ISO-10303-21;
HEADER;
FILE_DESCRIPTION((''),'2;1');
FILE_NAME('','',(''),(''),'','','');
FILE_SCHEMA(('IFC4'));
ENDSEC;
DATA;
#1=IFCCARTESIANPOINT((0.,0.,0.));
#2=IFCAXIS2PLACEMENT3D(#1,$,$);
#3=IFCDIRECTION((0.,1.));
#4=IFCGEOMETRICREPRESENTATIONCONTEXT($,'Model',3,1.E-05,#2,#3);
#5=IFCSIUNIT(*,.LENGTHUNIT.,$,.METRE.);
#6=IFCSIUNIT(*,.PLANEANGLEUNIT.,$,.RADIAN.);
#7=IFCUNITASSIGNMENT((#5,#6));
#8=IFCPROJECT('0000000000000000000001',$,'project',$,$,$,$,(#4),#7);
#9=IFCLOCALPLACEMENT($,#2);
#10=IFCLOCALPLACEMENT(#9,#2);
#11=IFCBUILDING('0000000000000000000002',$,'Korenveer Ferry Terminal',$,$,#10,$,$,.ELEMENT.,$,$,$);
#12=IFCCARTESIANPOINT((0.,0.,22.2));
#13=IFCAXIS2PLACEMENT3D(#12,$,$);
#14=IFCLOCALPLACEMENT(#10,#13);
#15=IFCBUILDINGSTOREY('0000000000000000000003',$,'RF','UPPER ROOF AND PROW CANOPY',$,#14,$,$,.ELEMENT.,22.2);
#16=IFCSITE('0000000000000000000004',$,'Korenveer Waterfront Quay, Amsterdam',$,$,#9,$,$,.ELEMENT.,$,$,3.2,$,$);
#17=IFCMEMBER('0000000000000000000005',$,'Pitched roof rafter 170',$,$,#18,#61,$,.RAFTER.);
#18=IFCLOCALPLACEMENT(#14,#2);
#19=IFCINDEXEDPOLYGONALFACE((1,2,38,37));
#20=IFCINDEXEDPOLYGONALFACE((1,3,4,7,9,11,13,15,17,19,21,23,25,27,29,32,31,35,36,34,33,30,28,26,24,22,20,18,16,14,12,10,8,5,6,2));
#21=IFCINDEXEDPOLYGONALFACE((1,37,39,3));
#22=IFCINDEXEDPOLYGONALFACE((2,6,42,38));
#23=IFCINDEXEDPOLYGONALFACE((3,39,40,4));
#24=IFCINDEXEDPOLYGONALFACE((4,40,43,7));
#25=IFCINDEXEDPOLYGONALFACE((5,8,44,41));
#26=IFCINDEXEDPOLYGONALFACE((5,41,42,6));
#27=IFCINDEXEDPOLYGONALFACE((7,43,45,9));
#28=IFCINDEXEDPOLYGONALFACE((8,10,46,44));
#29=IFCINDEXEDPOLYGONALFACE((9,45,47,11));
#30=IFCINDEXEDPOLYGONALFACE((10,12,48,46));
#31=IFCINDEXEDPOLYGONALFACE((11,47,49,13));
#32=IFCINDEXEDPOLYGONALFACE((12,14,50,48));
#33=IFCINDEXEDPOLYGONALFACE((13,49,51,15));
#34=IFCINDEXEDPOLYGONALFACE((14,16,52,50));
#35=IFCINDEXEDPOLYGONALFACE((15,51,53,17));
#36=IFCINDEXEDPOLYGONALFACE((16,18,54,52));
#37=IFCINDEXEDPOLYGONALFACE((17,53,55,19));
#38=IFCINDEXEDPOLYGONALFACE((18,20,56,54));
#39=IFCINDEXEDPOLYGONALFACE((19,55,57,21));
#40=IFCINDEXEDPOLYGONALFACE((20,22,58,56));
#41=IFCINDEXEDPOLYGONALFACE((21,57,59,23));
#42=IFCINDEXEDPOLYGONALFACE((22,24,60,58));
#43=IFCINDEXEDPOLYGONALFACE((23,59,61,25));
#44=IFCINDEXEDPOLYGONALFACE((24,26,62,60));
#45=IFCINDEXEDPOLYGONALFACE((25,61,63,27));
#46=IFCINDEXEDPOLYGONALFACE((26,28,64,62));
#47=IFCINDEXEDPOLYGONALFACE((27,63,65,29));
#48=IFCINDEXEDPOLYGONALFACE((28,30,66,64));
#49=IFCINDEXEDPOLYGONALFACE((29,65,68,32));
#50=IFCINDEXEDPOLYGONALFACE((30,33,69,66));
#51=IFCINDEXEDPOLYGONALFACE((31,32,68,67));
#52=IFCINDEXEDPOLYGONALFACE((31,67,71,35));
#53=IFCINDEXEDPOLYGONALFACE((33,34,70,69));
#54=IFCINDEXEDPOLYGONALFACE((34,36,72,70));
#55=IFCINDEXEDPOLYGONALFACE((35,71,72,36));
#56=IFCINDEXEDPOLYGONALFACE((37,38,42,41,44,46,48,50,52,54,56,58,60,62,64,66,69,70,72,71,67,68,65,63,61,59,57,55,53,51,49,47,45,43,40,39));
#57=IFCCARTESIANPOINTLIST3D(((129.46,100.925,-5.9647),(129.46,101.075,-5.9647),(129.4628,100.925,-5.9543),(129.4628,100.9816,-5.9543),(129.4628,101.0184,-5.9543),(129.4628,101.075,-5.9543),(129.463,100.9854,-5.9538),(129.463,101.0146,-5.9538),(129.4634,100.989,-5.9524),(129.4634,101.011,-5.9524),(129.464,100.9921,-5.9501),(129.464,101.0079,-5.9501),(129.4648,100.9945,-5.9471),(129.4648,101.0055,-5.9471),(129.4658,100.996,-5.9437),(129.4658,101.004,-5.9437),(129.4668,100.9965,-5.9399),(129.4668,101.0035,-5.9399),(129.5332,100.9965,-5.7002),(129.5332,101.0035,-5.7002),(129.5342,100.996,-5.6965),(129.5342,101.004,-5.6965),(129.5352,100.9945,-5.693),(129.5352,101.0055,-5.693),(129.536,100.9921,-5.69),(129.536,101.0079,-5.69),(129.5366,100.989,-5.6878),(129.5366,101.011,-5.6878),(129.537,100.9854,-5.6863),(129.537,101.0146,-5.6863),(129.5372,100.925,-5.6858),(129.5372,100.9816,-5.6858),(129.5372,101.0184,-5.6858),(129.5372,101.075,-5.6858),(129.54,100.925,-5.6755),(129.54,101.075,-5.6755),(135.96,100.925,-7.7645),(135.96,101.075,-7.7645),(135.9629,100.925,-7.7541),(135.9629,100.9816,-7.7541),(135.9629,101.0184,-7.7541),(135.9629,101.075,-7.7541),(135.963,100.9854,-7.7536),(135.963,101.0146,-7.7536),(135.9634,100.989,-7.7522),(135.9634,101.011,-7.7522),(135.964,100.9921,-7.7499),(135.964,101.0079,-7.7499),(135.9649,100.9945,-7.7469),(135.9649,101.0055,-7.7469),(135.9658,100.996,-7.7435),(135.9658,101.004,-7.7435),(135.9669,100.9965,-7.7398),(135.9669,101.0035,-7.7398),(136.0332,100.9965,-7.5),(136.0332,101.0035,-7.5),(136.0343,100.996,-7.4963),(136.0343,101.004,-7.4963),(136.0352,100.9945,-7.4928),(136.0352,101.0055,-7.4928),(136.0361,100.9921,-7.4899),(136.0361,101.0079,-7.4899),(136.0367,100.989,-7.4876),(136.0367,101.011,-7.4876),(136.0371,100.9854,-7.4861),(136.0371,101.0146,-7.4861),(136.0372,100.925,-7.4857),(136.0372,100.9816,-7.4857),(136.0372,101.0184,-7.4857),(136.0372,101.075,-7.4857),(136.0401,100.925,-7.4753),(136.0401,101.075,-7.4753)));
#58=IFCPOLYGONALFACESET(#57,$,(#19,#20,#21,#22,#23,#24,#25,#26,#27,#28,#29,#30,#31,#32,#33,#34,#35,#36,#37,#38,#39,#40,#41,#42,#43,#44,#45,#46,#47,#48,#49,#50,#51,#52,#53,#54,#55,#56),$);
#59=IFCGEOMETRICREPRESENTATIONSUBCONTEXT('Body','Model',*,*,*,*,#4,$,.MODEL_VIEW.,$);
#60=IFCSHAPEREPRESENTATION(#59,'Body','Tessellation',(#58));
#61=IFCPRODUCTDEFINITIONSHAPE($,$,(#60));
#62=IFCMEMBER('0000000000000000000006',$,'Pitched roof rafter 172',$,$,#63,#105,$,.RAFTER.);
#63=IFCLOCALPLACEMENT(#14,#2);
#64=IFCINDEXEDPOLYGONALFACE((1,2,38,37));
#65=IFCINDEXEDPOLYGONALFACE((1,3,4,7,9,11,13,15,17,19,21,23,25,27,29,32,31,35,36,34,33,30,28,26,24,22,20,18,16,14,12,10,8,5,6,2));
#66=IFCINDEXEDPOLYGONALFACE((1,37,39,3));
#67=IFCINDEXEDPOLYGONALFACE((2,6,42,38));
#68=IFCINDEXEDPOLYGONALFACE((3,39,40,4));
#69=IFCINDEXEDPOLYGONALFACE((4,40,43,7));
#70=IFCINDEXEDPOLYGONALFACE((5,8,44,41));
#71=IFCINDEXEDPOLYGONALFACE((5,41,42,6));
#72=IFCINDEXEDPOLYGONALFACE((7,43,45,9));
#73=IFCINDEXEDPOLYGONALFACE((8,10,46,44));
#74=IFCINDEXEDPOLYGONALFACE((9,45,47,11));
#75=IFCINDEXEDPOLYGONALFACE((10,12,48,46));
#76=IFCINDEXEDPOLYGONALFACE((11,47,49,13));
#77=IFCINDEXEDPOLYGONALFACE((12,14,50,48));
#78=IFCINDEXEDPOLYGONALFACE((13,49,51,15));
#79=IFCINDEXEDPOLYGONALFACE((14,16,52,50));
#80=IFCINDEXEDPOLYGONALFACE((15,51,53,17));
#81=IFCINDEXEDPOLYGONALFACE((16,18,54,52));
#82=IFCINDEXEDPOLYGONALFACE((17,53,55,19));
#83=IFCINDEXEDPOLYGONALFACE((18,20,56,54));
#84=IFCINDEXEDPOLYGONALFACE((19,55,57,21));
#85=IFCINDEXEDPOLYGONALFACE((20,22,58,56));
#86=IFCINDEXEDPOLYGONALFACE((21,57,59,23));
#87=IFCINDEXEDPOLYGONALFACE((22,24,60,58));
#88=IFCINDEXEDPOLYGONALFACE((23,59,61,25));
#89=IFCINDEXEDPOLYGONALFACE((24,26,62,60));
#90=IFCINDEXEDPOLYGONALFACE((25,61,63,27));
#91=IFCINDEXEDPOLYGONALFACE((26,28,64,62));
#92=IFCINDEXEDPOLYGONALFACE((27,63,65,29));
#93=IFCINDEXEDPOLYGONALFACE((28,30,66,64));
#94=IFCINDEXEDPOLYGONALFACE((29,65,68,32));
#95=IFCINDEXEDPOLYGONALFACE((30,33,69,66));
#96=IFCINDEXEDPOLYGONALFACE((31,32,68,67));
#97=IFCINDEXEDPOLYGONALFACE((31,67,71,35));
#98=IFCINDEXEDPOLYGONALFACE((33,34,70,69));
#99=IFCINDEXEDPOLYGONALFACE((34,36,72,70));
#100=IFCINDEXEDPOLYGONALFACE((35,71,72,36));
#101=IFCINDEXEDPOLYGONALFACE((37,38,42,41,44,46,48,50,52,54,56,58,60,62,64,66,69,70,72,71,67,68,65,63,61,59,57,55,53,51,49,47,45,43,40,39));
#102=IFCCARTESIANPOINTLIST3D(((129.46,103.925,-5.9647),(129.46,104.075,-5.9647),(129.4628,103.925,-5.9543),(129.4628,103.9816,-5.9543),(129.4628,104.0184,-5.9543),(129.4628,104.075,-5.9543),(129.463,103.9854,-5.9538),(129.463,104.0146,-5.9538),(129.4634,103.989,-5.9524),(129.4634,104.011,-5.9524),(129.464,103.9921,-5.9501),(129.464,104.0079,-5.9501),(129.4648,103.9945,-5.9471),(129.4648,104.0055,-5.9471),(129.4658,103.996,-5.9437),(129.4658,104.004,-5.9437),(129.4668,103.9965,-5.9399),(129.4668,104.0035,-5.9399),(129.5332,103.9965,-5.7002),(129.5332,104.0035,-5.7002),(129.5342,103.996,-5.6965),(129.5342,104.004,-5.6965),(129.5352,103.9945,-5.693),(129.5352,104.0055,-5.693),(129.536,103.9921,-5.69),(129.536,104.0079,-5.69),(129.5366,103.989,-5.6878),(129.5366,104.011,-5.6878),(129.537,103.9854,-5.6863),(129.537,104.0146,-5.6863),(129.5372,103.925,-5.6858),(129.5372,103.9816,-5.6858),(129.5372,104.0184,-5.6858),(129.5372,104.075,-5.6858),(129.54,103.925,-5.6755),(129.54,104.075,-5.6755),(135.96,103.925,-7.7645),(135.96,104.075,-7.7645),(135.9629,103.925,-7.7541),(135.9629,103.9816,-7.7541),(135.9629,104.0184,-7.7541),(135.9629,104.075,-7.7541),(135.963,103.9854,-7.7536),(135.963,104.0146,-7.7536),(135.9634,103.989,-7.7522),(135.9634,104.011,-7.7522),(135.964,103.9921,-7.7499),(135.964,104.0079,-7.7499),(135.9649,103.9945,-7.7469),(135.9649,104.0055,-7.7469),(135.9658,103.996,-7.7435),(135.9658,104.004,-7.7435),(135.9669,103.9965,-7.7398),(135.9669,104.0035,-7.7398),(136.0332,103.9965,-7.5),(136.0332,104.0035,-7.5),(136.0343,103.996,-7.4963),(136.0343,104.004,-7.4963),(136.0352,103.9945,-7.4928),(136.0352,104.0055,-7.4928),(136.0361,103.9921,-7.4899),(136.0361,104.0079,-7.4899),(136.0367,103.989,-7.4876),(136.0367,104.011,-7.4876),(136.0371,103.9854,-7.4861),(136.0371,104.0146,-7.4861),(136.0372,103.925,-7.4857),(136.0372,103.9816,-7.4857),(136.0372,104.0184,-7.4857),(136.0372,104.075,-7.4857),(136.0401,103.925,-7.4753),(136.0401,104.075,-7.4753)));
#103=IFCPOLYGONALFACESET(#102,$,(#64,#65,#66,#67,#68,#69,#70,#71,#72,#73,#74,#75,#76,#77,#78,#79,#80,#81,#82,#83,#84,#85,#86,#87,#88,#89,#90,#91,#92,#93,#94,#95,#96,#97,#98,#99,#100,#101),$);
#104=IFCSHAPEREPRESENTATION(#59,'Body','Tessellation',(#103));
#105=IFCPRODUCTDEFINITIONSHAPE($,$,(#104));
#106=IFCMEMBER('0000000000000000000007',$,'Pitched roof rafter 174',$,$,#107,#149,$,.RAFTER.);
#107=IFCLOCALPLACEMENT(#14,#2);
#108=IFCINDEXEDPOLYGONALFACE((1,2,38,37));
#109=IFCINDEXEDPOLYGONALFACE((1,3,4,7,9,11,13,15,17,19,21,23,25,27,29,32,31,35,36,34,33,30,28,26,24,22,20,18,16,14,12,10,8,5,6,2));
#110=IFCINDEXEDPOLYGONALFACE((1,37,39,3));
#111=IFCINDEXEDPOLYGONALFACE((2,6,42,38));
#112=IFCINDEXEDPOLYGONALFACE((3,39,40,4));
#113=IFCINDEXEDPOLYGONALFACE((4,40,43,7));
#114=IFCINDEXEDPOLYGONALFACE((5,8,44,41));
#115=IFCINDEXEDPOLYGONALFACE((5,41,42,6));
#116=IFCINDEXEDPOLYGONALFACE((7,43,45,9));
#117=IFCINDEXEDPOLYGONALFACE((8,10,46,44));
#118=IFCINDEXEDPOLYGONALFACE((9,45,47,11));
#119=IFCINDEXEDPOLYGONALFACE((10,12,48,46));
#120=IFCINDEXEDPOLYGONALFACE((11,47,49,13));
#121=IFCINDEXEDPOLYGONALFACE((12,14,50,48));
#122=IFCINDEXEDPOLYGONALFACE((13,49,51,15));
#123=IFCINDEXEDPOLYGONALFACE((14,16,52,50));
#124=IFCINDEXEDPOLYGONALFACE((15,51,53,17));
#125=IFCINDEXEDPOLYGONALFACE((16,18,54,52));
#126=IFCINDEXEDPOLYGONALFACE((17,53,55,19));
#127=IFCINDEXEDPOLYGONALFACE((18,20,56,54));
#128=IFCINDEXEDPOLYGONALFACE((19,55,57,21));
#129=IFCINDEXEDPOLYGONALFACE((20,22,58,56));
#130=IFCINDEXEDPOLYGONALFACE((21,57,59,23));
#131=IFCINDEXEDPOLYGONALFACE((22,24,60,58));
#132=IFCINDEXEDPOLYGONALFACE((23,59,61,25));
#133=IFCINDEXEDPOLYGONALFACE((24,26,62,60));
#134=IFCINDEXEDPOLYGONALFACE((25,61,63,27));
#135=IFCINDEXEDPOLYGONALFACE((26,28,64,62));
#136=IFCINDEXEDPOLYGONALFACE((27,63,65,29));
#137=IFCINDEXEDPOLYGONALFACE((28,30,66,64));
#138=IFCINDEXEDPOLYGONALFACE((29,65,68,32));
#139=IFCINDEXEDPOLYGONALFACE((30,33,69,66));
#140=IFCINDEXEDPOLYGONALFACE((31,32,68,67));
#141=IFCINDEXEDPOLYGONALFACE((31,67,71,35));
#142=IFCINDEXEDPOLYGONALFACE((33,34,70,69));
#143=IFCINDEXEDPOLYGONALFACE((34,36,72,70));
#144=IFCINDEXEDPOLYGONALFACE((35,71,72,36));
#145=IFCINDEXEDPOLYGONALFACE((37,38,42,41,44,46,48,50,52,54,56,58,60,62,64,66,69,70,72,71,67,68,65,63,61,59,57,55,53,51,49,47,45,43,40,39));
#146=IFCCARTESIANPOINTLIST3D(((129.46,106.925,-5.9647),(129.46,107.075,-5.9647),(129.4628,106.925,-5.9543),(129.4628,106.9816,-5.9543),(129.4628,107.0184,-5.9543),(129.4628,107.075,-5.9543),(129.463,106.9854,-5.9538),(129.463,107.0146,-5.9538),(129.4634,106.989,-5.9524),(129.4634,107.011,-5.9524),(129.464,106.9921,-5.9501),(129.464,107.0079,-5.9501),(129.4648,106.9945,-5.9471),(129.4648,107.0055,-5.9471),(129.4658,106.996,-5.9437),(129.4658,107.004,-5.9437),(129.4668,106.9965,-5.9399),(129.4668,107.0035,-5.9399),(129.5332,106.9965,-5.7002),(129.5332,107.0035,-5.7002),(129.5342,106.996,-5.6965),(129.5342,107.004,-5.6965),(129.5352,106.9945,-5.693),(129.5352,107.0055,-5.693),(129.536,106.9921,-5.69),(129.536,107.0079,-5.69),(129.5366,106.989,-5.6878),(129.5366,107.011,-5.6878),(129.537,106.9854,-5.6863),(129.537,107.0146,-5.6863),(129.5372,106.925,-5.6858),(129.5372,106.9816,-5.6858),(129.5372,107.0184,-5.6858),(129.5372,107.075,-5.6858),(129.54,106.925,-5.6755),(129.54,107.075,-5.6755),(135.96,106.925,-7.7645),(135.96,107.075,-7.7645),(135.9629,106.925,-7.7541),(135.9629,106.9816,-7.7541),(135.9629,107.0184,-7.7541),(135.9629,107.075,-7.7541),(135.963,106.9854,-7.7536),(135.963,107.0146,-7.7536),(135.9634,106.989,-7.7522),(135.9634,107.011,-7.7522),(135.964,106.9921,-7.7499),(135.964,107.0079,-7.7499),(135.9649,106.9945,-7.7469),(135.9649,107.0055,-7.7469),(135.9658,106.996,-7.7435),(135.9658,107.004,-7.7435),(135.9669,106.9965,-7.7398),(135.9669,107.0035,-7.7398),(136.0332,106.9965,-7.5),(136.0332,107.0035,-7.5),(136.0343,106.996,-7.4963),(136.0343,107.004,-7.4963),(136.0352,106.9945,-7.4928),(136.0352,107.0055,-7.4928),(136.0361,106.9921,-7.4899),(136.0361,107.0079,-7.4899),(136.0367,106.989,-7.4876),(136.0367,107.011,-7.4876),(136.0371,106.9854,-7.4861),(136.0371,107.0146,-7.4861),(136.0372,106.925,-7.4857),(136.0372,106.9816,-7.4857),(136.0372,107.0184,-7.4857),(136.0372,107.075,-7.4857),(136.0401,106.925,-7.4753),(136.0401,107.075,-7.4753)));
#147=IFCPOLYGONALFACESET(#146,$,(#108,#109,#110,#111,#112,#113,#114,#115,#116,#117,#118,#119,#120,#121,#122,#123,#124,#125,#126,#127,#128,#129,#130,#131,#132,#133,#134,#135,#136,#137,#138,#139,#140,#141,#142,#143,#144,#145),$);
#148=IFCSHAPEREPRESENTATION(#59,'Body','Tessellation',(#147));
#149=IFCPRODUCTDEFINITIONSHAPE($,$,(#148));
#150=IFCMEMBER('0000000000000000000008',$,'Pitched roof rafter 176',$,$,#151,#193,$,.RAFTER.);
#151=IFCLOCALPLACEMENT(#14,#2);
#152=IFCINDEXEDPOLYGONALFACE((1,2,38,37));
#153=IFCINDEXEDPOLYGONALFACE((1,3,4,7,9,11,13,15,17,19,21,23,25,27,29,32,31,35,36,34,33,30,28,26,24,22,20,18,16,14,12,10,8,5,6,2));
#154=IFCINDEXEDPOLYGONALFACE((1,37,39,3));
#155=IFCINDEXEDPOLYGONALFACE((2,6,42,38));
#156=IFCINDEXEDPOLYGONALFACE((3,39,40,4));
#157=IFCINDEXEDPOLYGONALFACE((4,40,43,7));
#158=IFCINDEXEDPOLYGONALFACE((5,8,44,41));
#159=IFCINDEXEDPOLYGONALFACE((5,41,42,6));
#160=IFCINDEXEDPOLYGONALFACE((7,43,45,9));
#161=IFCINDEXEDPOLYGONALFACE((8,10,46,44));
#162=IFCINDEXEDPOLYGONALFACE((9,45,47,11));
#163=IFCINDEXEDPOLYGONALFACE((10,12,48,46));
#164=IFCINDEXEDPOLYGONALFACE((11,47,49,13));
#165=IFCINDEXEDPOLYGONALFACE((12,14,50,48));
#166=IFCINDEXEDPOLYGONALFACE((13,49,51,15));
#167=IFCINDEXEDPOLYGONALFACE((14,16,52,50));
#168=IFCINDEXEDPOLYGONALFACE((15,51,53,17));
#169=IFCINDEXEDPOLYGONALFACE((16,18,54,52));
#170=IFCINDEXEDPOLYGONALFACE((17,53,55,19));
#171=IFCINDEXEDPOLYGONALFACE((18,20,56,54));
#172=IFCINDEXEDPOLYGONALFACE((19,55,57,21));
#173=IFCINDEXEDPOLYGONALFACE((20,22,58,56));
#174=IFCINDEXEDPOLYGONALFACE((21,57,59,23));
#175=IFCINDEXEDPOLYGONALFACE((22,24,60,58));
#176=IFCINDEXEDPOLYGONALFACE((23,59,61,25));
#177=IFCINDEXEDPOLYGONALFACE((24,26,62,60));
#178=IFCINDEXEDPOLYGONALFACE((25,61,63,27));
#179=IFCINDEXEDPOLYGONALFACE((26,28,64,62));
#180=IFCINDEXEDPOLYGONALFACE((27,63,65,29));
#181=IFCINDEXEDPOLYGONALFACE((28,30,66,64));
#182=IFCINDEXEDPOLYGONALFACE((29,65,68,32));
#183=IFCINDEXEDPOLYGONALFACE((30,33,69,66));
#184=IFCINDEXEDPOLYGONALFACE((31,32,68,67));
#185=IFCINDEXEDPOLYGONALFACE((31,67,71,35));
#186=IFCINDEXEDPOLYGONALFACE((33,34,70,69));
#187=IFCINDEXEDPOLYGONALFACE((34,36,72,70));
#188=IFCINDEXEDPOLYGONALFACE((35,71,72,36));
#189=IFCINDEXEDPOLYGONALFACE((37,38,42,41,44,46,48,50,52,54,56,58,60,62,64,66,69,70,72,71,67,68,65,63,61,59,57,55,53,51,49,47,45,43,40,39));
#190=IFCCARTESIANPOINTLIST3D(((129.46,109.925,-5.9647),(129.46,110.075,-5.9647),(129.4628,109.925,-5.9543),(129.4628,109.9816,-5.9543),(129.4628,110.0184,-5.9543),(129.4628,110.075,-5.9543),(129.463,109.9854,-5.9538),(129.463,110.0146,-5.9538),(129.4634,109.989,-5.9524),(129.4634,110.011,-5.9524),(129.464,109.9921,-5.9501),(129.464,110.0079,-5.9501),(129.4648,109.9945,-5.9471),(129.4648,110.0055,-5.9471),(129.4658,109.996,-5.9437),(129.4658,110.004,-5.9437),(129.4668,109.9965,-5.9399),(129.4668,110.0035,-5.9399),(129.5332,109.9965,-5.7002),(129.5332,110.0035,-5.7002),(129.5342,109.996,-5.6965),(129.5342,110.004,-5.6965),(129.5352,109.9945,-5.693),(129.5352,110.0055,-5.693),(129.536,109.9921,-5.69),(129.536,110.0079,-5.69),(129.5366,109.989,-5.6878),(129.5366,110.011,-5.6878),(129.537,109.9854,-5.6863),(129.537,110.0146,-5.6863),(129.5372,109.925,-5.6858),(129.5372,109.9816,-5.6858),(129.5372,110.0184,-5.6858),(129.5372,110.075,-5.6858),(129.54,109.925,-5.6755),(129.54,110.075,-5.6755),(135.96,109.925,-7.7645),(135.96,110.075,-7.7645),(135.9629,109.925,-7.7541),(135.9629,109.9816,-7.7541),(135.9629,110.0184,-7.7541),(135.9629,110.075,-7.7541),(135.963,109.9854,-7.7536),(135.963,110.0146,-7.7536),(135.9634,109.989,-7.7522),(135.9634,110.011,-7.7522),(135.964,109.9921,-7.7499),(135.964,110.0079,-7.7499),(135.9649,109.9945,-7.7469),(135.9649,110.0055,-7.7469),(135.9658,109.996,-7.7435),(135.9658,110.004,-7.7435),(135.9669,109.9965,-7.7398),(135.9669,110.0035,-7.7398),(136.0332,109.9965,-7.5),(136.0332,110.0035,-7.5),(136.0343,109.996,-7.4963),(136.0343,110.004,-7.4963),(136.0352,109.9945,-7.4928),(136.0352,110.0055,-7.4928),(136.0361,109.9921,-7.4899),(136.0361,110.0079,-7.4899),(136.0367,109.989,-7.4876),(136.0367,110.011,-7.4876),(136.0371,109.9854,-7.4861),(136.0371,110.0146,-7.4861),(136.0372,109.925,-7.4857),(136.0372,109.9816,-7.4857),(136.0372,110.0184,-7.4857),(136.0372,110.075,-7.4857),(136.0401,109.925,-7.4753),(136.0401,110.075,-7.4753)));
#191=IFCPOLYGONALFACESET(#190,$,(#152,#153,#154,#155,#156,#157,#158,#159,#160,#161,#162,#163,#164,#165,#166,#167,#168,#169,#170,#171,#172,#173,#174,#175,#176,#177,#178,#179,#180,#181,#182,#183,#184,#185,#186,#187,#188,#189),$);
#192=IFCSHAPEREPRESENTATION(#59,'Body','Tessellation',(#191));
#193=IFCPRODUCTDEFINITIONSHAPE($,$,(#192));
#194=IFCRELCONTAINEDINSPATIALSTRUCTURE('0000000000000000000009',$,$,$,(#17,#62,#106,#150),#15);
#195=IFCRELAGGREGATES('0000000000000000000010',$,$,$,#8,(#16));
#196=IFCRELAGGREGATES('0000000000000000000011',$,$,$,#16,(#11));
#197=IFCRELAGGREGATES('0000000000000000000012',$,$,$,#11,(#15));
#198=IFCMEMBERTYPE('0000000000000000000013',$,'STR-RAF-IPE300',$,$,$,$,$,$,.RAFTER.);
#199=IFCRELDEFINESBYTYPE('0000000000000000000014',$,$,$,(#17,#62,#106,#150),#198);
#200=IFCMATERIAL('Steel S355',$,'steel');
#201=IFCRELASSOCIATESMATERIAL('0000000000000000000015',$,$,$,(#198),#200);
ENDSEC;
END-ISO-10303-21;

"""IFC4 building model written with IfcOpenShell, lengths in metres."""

from ifc_helpers import new_model, si_unit, direction, frame, origin, origin_2d, place, context, subcontext, project, spatial, i_section, extrude, material, material_profile, profile_set, type_object, element, save


model = new_model("IFC4")

# Units and contexts
model_context = context("Model", 3, precision=1e-05, world=origin(), true_north=direction((0.0, 1.0)))
body_context = subcontext(model_context, "Body", "Model", "MODEL_VIEW")
ifc_project = project(units=[si_unit("LENGTHUNIT", "METRE"), si_unit("PLANEANGLEUNIT", "RADIAN")], contexts=[model_context])

# Site, building, storey
site_placement = place(None, origin())
site = spatial("IfcSite", under=ifc_project, at=site_placement, Name="Korenveer Waterfront Quay, Amsterdam", CompositionType="ELEMENT", RefElevation=3.2)
building_placement = place(site_placement, origin())
building = spatial("IfcBuilding", under=site, at=building_placement, Name="Korenveer Ferry Terminal", CompositionType="ELEMENT")
storey_placement = place(building_placement, frame((0.0, 0.0, 22.2)))
storey = spatial("IfcBuildingStorey", under=building, at=storey_placement, Name="RF", Description="UPPER ROOF AND PROW CANOPY", CompositionType="ELEMENT", Elevation=22.2)

# Members
ifc_material = material(Name="Steel S355", Category="steel")
ifc_material_profile_1 = material_profile(ifc_material, i_section(OverallWidth=0.1499, OverallDepth=0.3, WebThickness=0.0071, FlangeThickness=0.0107, FilletRadius=0.0149, at=origin_2d()), Name="IPE 300")
ifc_profile_set_1 = profile_set([ifc_material_profile_1], Name="Steel S355")
member_type_1 = type_object("IfcMemberType", Name="STR-RAF-IPE300", PredefinedType="RAFTER", material=ifc_profile_set_1)
for number, where, z_axis, x_axis, name in (
    (1, (129.5, 101.0, -5.8201), (0.963737, 0.0, -0.266852), (0.0, 1.0, 0.0), "Pitched roof rafter 170"),
    (2, (129.5, 104.0, -5.8201), (0.963737, 0.0, -0.266852), (0.0, 1.0, 0.0), "Pitched roof rafter 172"),
    (3, (129.5, 107.0, -5.8201), (0.963737, 0.0, -0.266852), (0.0, 1.0, 0.0), "Pitched roof rafter 174"),
    (4, (129.5, 110.0, -5.8201), (0.963737, 0.0, -0.266852), (0.0, 1.0, 0.0), "Pitched roof rafter 176"),
):
    element("IfcMember", number, at=place(storey_placement, frame(where, z_axis=z_axis, x_axis=x_axis)), inside=storey, type_object=member_type_1, Name=name, PredefinedType="RAFTER", context=body_context, shape_type="SweptSolid", body=[
        extrude(i_section(OverallWidth=0.1499, OverallDepth=0.3, WebThickness=0.0071, FlangeThickness=0.0107, FilletRadius=0.0149, at=origin_2d()), origin(), (0.0, 0.0, 1.0), 6.7446),
    ])

save(model, "model.ifc")
